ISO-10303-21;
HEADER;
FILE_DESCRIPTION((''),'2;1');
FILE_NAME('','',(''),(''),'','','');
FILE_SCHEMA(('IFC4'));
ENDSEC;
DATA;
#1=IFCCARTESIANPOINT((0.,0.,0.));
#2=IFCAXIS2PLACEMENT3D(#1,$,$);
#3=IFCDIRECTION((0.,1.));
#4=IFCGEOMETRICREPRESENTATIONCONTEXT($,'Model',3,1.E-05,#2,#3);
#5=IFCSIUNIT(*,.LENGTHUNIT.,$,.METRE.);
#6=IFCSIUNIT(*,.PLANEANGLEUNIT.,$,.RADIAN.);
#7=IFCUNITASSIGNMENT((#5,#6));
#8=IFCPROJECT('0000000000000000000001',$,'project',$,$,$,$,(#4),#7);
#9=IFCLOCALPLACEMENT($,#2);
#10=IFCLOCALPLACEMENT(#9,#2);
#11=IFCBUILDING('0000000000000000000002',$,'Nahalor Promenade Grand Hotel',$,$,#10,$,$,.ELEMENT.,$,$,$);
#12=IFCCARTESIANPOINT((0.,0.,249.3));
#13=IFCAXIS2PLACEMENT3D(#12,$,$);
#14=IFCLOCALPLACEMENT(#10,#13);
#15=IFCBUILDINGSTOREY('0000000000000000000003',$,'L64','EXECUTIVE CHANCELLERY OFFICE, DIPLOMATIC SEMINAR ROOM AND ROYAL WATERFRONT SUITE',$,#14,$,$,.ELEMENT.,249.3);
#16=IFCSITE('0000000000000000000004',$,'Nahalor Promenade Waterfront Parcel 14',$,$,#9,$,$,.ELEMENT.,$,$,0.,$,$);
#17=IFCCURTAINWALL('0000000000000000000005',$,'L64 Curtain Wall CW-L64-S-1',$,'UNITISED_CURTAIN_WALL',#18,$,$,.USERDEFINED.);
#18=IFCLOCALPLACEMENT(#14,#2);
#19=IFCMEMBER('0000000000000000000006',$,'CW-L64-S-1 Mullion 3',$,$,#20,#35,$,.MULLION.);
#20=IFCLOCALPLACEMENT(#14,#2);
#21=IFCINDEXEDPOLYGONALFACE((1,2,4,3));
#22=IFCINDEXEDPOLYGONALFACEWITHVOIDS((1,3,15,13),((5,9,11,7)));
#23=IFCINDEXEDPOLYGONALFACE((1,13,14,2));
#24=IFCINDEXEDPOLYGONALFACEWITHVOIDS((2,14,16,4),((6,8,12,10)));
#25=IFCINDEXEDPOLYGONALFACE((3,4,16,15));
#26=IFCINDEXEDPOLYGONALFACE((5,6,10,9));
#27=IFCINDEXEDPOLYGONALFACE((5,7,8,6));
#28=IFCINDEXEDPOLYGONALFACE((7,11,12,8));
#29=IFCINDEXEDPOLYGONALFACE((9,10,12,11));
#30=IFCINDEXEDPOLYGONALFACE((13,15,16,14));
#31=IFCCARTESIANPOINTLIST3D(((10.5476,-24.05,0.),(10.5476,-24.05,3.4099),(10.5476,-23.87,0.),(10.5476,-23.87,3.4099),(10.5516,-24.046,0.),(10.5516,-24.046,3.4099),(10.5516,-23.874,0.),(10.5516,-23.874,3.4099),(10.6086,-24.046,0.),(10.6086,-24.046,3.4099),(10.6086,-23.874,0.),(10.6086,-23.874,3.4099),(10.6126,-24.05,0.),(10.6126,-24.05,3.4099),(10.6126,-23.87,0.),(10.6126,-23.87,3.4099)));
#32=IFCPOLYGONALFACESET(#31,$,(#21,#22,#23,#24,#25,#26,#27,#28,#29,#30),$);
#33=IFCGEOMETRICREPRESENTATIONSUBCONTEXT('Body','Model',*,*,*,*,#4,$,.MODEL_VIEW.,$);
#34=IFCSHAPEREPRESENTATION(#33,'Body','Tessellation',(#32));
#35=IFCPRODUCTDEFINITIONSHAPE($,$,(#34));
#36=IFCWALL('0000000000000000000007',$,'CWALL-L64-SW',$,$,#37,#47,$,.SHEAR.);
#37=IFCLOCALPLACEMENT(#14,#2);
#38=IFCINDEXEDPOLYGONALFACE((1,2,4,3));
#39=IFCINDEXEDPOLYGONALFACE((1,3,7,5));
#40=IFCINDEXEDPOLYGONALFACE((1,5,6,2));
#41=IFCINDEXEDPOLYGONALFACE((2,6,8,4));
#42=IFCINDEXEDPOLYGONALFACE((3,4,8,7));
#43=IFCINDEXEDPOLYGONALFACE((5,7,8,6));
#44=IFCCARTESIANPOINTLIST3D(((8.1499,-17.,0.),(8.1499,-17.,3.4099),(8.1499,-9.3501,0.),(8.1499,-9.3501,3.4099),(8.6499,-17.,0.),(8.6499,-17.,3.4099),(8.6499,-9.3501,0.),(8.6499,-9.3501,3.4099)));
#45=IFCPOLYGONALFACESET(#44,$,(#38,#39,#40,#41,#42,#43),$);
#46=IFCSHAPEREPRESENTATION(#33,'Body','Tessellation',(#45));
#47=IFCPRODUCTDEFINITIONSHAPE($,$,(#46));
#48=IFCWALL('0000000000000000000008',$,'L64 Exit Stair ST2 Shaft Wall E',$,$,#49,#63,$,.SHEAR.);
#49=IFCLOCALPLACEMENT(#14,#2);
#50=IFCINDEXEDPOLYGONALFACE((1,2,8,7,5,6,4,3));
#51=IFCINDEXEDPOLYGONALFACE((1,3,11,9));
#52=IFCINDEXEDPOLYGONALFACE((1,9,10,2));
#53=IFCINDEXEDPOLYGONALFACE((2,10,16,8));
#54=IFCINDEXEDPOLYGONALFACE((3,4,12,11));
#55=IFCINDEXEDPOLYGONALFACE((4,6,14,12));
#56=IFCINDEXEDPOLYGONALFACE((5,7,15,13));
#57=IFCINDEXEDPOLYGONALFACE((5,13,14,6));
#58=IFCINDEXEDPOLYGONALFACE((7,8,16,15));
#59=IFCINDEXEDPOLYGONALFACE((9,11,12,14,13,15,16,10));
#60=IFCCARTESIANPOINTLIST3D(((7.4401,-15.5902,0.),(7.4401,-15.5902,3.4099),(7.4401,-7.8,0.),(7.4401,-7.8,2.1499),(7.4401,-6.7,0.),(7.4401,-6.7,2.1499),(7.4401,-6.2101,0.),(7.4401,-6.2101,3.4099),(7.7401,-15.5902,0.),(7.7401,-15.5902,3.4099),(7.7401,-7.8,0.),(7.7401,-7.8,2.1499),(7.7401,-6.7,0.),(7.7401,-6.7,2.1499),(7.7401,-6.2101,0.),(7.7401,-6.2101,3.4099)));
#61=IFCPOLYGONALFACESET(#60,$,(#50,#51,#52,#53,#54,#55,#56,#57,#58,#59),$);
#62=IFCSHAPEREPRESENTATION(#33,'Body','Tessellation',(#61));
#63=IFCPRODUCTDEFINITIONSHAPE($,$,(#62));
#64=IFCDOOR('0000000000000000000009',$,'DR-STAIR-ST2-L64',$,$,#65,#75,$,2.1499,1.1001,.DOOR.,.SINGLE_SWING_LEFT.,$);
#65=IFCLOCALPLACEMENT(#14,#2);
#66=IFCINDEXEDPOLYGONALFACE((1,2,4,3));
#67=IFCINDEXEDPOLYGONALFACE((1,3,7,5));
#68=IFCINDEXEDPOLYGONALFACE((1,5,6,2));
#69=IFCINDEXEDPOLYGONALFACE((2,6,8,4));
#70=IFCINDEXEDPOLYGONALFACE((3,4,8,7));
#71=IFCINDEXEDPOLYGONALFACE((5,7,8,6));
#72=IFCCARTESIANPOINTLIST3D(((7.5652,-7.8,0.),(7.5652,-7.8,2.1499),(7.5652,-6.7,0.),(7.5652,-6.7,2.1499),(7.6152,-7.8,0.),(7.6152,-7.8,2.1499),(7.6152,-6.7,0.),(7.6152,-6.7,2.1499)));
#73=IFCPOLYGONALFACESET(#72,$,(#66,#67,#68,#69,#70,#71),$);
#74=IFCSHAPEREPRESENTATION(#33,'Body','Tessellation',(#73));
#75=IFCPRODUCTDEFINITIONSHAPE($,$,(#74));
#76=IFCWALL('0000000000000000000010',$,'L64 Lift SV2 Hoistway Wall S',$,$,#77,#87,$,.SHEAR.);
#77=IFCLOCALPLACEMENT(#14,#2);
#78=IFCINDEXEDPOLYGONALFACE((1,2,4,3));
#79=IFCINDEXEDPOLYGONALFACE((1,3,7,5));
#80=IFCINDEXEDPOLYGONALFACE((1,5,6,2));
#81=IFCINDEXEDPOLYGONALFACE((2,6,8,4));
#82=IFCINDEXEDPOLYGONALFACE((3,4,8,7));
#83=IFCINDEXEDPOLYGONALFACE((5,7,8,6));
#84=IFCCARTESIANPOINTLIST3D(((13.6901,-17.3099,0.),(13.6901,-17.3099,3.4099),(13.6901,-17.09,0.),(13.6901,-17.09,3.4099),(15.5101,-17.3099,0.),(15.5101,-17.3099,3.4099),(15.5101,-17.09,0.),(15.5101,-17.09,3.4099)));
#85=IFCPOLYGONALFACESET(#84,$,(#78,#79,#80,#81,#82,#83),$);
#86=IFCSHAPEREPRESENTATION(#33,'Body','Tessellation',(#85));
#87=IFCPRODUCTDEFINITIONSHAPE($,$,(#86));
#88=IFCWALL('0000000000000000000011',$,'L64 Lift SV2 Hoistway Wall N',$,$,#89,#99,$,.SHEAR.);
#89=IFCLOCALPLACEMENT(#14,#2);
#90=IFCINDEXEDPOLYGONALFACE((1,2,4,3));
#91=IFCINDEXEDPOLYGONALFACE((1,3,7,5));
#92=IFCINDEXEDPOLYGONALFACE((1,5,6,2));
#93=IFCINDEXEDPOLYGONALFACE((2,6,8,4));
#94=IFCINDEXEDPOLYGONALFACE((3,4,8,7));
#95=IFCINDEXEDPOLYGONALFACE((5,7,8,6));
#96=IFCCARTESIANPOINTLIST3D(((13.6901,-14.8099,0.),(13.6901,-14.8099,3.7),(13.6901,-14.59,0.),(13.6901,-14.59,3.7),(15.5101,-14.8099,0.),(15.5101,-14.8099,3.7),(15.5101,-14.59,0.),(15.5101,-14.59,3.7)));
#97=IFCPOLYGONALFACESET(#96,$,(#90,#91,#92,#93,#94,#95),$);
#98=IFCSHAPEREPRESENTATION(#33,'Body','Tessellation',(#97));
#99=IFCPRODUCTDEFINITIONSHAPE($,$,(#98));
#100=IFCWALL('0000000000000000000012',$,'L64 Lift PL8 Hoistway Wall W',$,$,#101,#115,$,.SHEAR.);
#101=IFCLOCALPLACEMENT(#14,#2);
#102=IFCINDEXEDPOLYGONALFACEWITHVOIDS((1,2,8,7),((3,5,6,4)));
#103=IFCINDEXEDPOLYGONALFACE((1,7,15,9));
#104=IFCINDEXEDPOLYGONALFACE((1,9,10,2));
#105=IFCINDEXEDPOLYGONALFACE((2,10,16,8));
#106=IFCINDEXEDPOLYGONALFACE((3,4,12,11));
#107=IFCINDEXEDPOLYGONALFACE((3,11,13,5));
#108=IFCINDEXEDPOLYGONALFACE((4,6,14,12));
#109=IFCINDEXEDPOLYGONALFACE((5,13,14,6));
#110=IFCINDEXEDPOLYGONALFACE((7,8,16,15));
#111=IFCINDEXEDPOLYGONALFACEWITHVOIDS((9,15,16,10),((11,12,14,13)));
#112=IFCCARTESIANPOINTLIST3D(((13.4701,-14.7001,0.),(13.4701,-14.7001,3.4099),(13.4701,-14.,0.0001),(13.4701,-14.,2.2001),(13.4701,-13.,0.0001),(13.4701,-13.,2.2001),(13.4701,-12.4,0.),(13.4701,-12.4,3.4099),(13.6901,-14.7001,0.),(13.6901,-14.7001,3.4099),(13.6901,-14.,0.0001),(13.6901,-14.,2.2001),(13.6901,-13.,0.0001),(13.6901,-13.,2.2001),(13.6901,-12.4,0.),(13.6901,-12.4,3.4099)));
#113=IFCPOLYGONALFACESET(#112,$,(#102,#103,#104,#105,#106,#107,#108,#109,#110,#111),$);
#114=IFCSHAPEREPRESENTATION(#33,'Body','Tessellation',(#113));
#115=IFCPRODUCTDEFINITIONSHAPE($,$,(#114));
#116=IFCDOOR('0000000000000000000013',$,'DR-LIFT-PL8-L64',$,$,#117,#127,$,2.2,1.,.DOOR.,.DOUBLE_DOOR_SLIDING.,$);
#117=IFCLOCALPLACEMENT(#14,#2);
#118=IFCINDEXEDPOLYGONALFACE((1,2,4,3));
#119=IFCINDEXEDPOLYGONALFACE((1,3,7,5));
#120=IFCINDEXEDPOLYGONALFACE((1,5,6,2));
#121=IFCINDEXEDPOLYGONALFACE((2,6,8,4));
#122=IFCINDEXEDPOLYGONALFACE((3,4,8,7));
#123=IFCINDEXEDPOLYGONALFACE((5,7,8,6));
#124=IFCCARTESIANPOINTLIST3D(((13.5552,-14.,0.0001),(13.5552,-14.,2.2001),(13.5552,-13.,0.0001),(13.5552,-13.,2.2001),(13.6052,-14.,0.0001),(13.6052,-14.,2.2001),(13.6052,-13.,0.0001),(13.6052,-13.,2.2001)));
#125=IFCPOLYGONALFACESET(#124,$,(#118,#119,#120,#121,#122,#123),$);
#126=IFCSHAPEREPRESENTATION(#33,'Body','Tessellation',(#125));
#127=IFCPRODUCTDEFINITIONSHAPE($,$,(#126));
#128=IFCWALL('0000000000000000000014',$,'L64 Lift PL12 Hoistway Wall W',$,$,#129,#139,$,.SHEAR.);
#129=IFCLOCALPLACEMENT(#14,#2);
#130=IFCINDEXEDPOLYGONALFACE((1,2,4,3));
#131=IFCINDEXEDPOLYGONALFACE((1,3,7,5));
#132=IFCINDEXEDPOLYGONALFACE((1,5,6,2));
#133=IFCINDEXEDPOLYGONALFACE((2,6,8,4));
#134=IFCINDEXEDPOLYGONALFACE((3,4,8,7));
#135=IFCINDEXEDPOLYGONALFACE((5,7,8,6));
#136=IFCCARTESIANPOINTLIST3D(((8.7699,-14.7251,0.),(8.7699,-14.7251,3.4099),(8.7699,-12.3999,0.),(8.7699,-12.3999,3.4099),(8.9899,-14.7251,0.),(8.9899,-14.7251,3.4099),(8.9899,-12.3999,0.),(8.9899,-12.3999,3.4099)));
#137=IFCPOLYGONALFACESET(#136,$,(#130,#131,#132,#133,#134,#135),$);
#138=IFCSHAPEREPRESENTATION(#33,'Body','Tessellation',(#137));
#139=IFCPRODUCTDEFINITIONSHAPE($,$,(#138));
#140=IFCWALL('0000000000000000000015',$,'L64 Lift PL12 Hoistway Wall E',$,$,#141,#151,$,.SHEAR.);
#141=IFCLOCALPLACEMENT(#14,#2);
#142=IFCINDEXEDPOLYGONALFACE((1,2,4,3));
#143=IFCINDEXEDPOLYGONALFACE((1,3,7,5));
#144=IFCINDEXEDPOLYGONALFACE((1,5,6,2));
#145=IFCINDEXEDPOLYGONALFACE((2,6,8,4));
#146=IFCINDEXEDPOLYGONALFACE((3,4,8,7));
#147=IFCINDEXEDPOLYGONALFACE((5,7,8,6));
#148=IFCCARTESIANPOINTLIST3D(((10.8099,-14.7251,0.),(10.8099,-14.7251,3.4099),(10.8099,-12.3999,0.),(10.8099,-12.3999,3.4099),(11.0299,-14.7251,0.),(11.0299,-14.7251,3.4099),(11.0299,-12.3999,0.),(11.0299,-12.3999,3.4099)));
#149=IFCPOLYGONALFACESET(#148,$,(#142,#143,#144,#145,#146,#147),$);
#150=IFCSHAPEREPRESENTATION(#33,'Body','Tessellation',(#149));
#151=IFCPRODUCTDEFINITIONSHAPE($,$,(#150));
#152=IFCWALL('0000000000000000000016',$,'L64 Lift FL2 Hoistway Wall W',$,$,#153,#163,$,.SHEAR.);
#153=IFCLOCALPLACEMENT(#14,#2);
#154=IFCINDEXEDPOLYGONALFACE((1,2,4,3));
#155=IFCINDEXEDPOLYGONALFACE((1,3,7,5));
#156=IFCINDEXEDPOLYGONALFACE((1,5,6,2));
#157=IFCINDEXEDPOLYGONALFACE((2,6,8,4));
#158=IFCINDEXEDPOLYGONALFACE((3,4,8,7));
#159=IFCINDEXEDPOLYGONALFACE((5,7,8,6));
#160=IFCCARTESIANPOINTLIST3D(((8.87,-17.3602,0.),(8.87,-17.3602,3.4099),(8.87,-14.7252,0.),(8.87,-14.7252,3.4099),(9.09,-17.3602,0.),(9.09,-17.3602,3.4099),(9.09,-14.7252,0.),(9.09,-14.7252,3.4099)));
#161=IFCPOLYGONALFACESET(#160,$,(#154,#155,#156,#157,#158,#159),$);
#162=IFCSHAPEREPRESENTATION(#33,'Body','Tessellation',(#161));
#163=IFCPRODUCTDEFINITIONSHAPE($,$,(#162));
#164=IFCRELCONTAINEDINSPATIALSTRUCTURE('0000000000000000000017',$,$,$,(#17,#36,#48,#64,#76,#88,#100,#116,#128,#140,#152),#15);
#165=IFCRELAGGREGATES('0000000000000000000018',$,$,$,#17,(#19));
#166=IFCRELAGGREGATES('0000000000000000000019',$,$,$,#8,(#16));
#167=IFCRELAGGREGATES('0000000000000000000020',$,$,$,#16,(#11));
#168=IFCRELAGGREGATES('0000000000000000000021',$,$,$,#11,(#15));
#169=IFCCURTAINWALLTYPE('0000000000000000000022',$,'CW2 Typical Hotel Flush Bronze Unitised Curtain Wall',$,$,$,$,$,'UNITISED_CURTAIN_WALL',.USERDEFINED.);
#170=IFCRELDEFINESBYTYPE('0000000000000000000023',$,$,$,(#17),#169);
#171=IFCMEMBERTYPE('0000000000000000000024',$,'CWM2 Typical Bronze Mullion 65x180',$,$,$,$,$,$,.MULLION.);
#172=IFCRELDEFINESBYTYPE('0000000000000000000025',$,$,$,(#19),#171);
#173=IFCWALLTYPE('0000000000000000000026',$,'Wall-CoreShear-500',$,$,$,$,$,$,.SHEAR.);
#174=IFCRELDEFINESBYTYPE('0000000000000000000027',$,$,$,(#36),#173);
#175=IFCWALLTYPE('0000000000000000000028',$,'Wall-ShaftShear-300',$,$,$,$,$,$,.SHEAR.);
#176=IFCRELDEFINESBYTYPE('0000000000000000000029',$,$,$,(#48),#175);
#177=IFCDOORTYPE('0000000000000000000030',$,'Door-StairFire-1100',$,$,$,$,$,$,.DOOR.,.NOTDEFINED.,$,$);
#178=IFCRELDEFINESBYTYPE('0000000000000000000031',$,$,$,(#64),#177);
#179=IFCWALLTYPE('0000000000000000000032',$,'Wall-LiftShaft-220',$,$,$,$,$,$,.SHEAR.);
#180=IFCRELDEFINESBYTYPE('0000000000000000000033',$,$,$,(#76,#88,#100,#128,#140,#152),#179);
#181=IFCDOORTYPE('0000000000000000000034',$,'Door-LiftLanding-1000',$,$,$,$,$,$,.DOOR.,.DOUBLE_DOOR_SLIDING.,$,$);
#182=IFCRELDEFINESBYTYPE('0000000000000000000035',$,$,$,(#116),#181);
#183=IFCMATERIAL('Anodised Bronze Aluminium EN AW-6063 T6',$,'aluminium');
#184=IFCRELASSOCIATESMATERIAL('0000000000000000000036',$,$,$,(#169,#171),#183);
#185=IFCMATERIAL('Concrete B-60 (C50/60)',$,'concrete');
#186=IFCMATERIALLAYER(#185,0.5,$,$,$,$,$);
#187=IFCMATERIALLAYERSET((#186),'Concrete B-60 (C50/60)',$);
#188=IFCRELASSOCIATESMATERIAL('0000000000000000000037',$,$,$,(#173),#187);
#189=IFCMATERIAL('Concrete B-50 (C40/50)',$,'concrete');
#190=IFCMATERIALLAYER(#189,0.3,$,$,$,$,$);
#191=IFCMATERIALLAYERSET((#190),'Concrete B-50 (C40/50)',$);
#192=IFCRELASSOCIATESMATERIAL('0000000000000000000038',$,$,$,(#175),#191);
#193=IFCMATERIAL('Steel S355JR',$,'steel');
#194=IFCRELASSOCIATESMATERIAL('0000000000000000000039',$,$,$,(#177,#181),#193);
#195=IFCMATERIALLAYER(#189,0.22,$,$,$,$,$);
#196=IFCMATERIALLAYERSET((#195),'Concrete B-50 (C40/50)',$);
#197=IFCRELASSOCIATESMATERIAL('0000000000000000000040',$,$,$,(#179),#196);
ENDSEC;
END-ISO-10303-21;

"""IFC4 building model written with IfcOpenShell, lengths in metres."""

from ifc_helpers import new_model, si_unit, direction, frame, frame_2d, origin, origin_2d, place, context, subcontext, project, spatial, rectangle, hollow_rectangle, extrude, source, transform, mapped, material, layer, layer_set, material_profile, profile_set, type_object, element, fill, aggregate, save


model = new_model("IFC4")

# Units and contexts
model_context = context("Model", 3, precision=1e-05, world=origin(), true_north=direction((0.0, 1.0)))
body_context = subcontext(model_context, "Body", "Model", "MODEL_VIEW")
ifc_project = project(units=[si_unit("LENGTHUNIT", "METRE"), si_unit("PLANEANGLEUNIT", "RADIAN")], contexts=[model_context])

# Site, building, storey
site_placement = place(None, origin())
site = spatial("IfcSite", under=ifc_project, at=site_placement, Name="Nahalor Promenade Waterfront Parcel 14", CompositionType="ELEMENT", RefElevation=0.0)
building_placement = place(site_placement, origin())
building = spatial("IfcBuilding", under=site, at=building_placement, Name="Nahalor Promenade Grand Hotel", CompositionType="ELEMENT")
storey_placement = place(building_placement, frame((0.0, 0.0, 249.3)))
storey = spatial("IfcBuildingStorey", under=building, at=storey_placement, Name="L64", Description="EXECUTIVE CHANCELLERY OFFICE, DIPLOMATIC SEMINAR ROOM AND ROYAL WATERFRONT SUITE", CompositionType="ELEMENT", Elevation=249.3)

# Shared definitions
ifc_material_1 = material(Name="Concrete B-60 (C50/60)", Category="concrete")
ifc_material_2 = material(Name="Steel S355JR", Category="steel")

# Curtain wall, member
ifc_material_3 = material(Name="Anodised Bronze Aluminium EN AW-6063 T6", Category="aluminium")
curtain_wall_type = type_object("IfcCurtainWallType", Name="CW2 Typical Hotel Flush Bronze Unitised Curtain Wall", ElementType="UNITISED_CURTAIN_WALL", PredefinedType="USERDEFINED", material=ifc_material_3)
curtain_wall_placement = place(storey_placement, origin())
curtain_wall = element("IfcCurtainWall", 1, at=curtain_wall_placement, inside=storey, type_object=curtain_wall_type, Name="L64 Curtain Wall CW-L64-S-1", ObjectType="UNITISED_CURTAIN_WALL", PredefinedType="USERDEFINED")
ifc_material_profile_1 = material_profile(ifc_material_3, hollow_rectangle(XDim=0.065, YDim=0.18, WallThickness=0.004, at=origin_2d()), Name="CWM 65x180x4")
ifc_profile_set_1 = profile_set([ifc_material_profile_1], Name="Anodised Bronze Aluminium EN AW-6063 T6")
member_type_1 = type_object("IfcMemberType", Name="CWM2 Typical Bronze Mullion 65x180", PredefinedType="MULLION", material=ifc_profile_set_1)
shared_shape_1 = source(origin(), body_context, "Body", "SweptSolid", [
    extrude(hollow_rectangle(XDim=0.065, YDim=0.18, WallThickness=0.004, at=origin_2d()), origin(), (0.0, 0.0, 1.0), 3.4099),
])
member_1_placement = place(storey_placement, frame((10.5801, -23.96, 0.0), z_axis=(0.0, 0.0, 1.0), x_axis=(1.0, 0.0, 0.0)))
member_1 = element("IfcMember", 2, at=member_1_placement, type_object=member_type_1, Name="CW-L64-S-1 Mullion 3", PredefinedType="MULLION", context=body_context, shape_type="MappedRepresentation", body=[
    mapped(shared_shape_1, transform((0.0, 0.0, 0.0), scale=1.0)),
])
aggregate(curtain_wall, [member_1])

# Wall
ifc_layer_1 = layer(ifc_material_1, 0.5)
ifc_layer_set_1 = layer_set([ifc_layer_1], Name="Concrete B-60 (C50/60)")
wall_type_1 = type_object("IfcWallType", Name="Wall-CoreShear-500", PredefinedType="SHEAR", material=ifc_layer_set_1)
shared_shape_2 = source(origin(), body_context, "Body", "SweptSolid", [
    extrude(rectangle(XDim=7.6499, YDim=0.5, at=frame_2d((3.825, 0.0))), origin(), (0.0, 0.0, 1.0), 3.4099),
])
wall_1_placement = place(storey_placement, frame((8.3999, -17.0, 0.0), z_axis=(0.0, 0.0, 1.0), x_axis=(0.0, 1.0, 0.0)))
element("IfcWall", 3, at=wall_1_placement, inside=storey, type_object=wall_type_1, Name="CWALL-L64-SW", PredefinedType="SHEAR", context=body_context, shape_type="MappedRepresentation", body=[
    mapped(shared_shape_2, transform((0.0, 0.0, 0.0), scale=1.0)),
])

# Wall, opening, door
ifc_material_4 = material(Name="Concrete B-50 (C40/50)", Category="concrete")
ifc_layer_2 = layer(ifc_material_4, 0.3)
ifc_layer_set_2 = layer_set([ifc_layer_2], Name="Concrete B-50 (C40/50)")
wall_type_2 = type_object("IfcWallType", Name="Wall-ShaftShear-300", PredefinedType="SHEAR", material=ifc_layer_set_2)
shared_shape_3 = source(origin(), body_context, "Body", "SweptSolid", [
    extrude(rectangle(XDim=9.3801, YDim=0.3, at=frame_2d((4.6899, 0.0))), origin(), (0.0, 0.0, 1.0), 3.4099),
])
wall_2_placement = place(storey_placement, frame((7.5901, -15.5901, 0.0), z_axis=(0.0, 0.0, 1.0), x_axis=(0.0, 1.0, 0.0)))
wall_2 = element("IfcWall", 4, at=wall_2_placement, inside=storey, type_object=wall_type_2, Name="L64 Exit Stair ST2 Shaft Wall E", PredefinedType="SHEAR", context=body_context, shape_type="MappedRepresentation", body=[
    mapped(shared_shape_3, transform((0.0, 0.0, 0.0), scale=1.0)),
])
opening_1_placement = place(wall_2_placement, frame((7.79, 0.0, 0.0)))
opening_1 = element("IfcOpeningElement", 5, at=opening_1_placement, cuts=wall_2, PredefinedType="OPENING", context=body_context, shape_type="SweptSolid", body=[
    extrude(rectangle(XDim=1.1001, YDim=2.1499, at=frame_2d((0.55, 1.075))), frame((0.0, 0.1599, 0.0), z_axis=(0.0, -1.0, 0.0), x_axis=(1.0, 0.0, 0.0)), (0.0, 0.0, 1.0), 0.3201),
])
door_type_1 = type_object("IfcDoorType", Name="Door-StairFire-1100", OperationType="NOTDEFINED", PredefinedType="DOOR", material=ifc_material_2)
shared_shape_4 = source(origin(), body_context, "Body", "SweptSolid", [
    extrude(rectangle(XDim=1.1001, YDim=2.1499, at=frame_2d((0.55, 1.075))), frame((0.0, 0.0249, 0.0), z_axis=(0.0, -1.0, 0.0), x_axis=(1.0, 0.0, 0.0)), (0.0, 0.0, 1.0), 0.05),
])
door_1_placement = place(opening_1_placement, origin())
door_1 = element("IfcDoor", 6, at=door_1_placement, inside=storey, type_object=door_type_1, Name="DR-STAIR-ST2-L64", OperationType="SINGLE_SWING_LEFT", OverallHeight=2.1499, OverallWidth=1.1001, PredefinedType="DOOR", context=body_context, shape_type="MappedRepresentation", body=[
    mapped(shared_shape_4, transform((0.0, 0.0, 0.0), scale=1.0)),
])
fill(opening_1, door_1)

# Walls
ifc_layer_3 = layer(ifc_material_4, 0.22)
ifc_layer_set_3 = layer_set([ifc_layer_3], Name="Concrete B-50 (C40/50)")
wall_type_3 = type_object("IfcWallType", Name="Wall-LiftShaft-220", PredefinedType="SHEAR", material=ifc_layer_set_3)
shared_shape_5 = source(origin(), body_context, "Body", "SweptSolid", [
    extrude(rectangle(XDim=1.8201, YDim=0.22, at=frame_2d((0.9102, 0.0))), origin(), (0.0, 0.0, 1.0), 3.4099),
])
wall_3_placement = place(storey_placement, frame((13.6899, -17.2, 0.0), z_axis=(0.0, 0.0, 1.0), x_axis=(1.0, 0.0, 0.0)))
element("IfcWall", 7, at=wall_3_placement, inside=storey, type_object=wall_type_3, Name="L64 Lift SV2 Hoistway Wall S", PredefinedType="SHEAR", context=body_context, shape_type="MappedRepresentation", body=[
    mapped(shared_shape_5, transform((0.0, 0.0, 0.0), scale=1.0)),
])
shared_shape_6 = source(origin(), body_context, "Body", "SweptSolid", [
    extrude(rectangle(XDim=1.8201, YDim=0.22, at=frame_2d((0.9102, 0.0))), origin(), (0.0, 0.0, 1.0), 3.7),
])
wall_4_placement = place(storey_placement, frame((13.6899, -14.7, 0.0), z_axis=(0.0, 0.0, 1.0), x_axis=(1.0, 0.0, 0.0)))
element("IfcWall", 8, at=wall_4_placement, inside=storey, type_object=wall_type_3, Name="L64 Lift SV2 Hoistway Wall N", PredefinedType="SHEAR", context=body_context, shape_type="MappedRepresentation", body=[
    mapped(shared_shape_6, transform((0.0, 0.0, 0.0), scale=1.0)),
])

# Wall, opening, door
shared_shape_7 = source(origin(), body_context, "Body", "SweptSolid", [
    extrude(rectangle(XDim=2.3, YDim=0.22, at=frame_2d((1.1499, 0.0))), origin(), (0.0, 0.0, 1.0), 3.4099),
])
wall_5_placement = place(storey_placement, frame((13.5801, -14.7, 0.0), z_axis=(0.0, 0.0, 1.0), x_axis=(0.0, 1.0, 0.0)))
wall_5 = element("IfcWall", 9, at=wall_5_placement, inside=storey, type_object=wall_type_3, Name="L64 Lift PL8 Hoistway Wall W", PredefinedType="SHEAR", context=body_context, shape_type="MappedRepresentation", body=[
    mapped(shared_shape_7, transform((0.0, 0.0, 0.0), scale=1.0)),
])
opening_2_placement = place(wall_5_placement, frame((0.7, 0.0, 0.0)))
opening_2 = element("IfcOpeningElement", 10, at=opening_2_placement, cuts=wall_5, PredefinedType="OPENING", context=body_context, shape_type="SweptSolid", body=[
    extrude(rectangle(XDim=1.0, YDim=2.2, at=frame_2d((0.5, 1.1001))), frame((0.0, 0.1199, 0.0), z_axis=(0.0, -1.0, 0.0), x_axis=(1.0, 0.0, 0.0)), (0.0, 0.0, 1.0), 0.24),
])
door_type_2 = type_object("IfcDoorType", Name="Door-LiftLanding-1000", OperationType="DOUBLE_DOOR_SLIDING", PredefinedType="DOOR", material=ifc_material_2)
shared_shape_8 = source(origin(), body_context, "Body", "SweptSolid", [
    extrude(rectangle(XDim=1.0, YDim=2.2, at=frame_2d((0.5, 1.1001))), frame((0.0, 0.0249, 0.0), z_axis=(0.0, -1.0, 0.0), x_axis=(1.0, 0.0, 0.0)), (0.0, 0.0, 1.0), 0.05),
])
door_2_placement = place(opening_2_placement, origin())
door_2 = element("IfcDoor", 11, at=door_2_placement, inside=storey, type_object=door_type_2, Name="DR-LIFT-PL8-L64", OperationType="DOUBLE_DOOR_SLIDING", OverallHeight=2.2, OverallWidth=1.0, PredefinedType="DOOR", context=body_context, shape_type="MappedRepresentation", body=[
    mapped(shared_shape_8, transform((0.0, 0.0, 0.0), scale=1.0)),
])
fill(opening_2, door_2)

# Walls
shared_shape_9 = source(origin(), body_context, "Body", "SweptSolid", [
    extrude(rectangle(XDim=2.3252, YDim=0.22, at=frame_2d((1.1626, 0.0))), origin(), (0.0, 0.0, 1.0), 3.4099),
])
for number, where, z_axis, x_axis, name in (
    (12, (8.8799, -14.7251, 0.0), (0.0, 0.0, 1.0), (0.0, 1.0, 0.0), "L64 Lift PL12 Hoistway Wall W"),
    (13, (10.9199, -14.7251, 0.0), (0.0, 0.0, 1.0), (0.0, 1.0, 0.0), "L64 Lift PL12 Hoistway Wall E"),
):
    element("IfcWall", number, at=place(storey_placement, frame(where, z_axis=z_axis, x_axis=x_axis)), inside=storey, type_object=wall_type_3, Name=name, PredefinedType="SHEAR", context=body_context, shape_type="MappedRepresentation", body=[
        mapped(shared_shape_9, transform((0.0, 0.0, 0.0), scale=1.0)),
    ])
shared_shape_10 = source(origin(), body_context, "Body", "SweptSolid", [
    extrude(rectangle(XDim=2.635, YDim=0.22, at=frame_2d((1.3174, 0.0))), origin(), (0.0, 0.0, 1.0), 3.4099),
])
wall_6_placement = place(storey_placement, frame((8.98, -17.3601, 0.0), z_axis=(0.0, 0.0, 1.0), x_axis=(0.0, 1.0, 0.0)))
element("IfcWall", 14, at=wall_6_placement, inside=storey, type_object=wall_type_3, Name="L64 Lift FL2 Hoistway Wall W", PredefinedType="SHEAR", context=body_context, shape_type="MappedRepresentation", body=[
    mapped(shared_shape_10, transform((0.0, 0.0, 0.0), scale=1.0)),
])

save(model, "model.ifc")
